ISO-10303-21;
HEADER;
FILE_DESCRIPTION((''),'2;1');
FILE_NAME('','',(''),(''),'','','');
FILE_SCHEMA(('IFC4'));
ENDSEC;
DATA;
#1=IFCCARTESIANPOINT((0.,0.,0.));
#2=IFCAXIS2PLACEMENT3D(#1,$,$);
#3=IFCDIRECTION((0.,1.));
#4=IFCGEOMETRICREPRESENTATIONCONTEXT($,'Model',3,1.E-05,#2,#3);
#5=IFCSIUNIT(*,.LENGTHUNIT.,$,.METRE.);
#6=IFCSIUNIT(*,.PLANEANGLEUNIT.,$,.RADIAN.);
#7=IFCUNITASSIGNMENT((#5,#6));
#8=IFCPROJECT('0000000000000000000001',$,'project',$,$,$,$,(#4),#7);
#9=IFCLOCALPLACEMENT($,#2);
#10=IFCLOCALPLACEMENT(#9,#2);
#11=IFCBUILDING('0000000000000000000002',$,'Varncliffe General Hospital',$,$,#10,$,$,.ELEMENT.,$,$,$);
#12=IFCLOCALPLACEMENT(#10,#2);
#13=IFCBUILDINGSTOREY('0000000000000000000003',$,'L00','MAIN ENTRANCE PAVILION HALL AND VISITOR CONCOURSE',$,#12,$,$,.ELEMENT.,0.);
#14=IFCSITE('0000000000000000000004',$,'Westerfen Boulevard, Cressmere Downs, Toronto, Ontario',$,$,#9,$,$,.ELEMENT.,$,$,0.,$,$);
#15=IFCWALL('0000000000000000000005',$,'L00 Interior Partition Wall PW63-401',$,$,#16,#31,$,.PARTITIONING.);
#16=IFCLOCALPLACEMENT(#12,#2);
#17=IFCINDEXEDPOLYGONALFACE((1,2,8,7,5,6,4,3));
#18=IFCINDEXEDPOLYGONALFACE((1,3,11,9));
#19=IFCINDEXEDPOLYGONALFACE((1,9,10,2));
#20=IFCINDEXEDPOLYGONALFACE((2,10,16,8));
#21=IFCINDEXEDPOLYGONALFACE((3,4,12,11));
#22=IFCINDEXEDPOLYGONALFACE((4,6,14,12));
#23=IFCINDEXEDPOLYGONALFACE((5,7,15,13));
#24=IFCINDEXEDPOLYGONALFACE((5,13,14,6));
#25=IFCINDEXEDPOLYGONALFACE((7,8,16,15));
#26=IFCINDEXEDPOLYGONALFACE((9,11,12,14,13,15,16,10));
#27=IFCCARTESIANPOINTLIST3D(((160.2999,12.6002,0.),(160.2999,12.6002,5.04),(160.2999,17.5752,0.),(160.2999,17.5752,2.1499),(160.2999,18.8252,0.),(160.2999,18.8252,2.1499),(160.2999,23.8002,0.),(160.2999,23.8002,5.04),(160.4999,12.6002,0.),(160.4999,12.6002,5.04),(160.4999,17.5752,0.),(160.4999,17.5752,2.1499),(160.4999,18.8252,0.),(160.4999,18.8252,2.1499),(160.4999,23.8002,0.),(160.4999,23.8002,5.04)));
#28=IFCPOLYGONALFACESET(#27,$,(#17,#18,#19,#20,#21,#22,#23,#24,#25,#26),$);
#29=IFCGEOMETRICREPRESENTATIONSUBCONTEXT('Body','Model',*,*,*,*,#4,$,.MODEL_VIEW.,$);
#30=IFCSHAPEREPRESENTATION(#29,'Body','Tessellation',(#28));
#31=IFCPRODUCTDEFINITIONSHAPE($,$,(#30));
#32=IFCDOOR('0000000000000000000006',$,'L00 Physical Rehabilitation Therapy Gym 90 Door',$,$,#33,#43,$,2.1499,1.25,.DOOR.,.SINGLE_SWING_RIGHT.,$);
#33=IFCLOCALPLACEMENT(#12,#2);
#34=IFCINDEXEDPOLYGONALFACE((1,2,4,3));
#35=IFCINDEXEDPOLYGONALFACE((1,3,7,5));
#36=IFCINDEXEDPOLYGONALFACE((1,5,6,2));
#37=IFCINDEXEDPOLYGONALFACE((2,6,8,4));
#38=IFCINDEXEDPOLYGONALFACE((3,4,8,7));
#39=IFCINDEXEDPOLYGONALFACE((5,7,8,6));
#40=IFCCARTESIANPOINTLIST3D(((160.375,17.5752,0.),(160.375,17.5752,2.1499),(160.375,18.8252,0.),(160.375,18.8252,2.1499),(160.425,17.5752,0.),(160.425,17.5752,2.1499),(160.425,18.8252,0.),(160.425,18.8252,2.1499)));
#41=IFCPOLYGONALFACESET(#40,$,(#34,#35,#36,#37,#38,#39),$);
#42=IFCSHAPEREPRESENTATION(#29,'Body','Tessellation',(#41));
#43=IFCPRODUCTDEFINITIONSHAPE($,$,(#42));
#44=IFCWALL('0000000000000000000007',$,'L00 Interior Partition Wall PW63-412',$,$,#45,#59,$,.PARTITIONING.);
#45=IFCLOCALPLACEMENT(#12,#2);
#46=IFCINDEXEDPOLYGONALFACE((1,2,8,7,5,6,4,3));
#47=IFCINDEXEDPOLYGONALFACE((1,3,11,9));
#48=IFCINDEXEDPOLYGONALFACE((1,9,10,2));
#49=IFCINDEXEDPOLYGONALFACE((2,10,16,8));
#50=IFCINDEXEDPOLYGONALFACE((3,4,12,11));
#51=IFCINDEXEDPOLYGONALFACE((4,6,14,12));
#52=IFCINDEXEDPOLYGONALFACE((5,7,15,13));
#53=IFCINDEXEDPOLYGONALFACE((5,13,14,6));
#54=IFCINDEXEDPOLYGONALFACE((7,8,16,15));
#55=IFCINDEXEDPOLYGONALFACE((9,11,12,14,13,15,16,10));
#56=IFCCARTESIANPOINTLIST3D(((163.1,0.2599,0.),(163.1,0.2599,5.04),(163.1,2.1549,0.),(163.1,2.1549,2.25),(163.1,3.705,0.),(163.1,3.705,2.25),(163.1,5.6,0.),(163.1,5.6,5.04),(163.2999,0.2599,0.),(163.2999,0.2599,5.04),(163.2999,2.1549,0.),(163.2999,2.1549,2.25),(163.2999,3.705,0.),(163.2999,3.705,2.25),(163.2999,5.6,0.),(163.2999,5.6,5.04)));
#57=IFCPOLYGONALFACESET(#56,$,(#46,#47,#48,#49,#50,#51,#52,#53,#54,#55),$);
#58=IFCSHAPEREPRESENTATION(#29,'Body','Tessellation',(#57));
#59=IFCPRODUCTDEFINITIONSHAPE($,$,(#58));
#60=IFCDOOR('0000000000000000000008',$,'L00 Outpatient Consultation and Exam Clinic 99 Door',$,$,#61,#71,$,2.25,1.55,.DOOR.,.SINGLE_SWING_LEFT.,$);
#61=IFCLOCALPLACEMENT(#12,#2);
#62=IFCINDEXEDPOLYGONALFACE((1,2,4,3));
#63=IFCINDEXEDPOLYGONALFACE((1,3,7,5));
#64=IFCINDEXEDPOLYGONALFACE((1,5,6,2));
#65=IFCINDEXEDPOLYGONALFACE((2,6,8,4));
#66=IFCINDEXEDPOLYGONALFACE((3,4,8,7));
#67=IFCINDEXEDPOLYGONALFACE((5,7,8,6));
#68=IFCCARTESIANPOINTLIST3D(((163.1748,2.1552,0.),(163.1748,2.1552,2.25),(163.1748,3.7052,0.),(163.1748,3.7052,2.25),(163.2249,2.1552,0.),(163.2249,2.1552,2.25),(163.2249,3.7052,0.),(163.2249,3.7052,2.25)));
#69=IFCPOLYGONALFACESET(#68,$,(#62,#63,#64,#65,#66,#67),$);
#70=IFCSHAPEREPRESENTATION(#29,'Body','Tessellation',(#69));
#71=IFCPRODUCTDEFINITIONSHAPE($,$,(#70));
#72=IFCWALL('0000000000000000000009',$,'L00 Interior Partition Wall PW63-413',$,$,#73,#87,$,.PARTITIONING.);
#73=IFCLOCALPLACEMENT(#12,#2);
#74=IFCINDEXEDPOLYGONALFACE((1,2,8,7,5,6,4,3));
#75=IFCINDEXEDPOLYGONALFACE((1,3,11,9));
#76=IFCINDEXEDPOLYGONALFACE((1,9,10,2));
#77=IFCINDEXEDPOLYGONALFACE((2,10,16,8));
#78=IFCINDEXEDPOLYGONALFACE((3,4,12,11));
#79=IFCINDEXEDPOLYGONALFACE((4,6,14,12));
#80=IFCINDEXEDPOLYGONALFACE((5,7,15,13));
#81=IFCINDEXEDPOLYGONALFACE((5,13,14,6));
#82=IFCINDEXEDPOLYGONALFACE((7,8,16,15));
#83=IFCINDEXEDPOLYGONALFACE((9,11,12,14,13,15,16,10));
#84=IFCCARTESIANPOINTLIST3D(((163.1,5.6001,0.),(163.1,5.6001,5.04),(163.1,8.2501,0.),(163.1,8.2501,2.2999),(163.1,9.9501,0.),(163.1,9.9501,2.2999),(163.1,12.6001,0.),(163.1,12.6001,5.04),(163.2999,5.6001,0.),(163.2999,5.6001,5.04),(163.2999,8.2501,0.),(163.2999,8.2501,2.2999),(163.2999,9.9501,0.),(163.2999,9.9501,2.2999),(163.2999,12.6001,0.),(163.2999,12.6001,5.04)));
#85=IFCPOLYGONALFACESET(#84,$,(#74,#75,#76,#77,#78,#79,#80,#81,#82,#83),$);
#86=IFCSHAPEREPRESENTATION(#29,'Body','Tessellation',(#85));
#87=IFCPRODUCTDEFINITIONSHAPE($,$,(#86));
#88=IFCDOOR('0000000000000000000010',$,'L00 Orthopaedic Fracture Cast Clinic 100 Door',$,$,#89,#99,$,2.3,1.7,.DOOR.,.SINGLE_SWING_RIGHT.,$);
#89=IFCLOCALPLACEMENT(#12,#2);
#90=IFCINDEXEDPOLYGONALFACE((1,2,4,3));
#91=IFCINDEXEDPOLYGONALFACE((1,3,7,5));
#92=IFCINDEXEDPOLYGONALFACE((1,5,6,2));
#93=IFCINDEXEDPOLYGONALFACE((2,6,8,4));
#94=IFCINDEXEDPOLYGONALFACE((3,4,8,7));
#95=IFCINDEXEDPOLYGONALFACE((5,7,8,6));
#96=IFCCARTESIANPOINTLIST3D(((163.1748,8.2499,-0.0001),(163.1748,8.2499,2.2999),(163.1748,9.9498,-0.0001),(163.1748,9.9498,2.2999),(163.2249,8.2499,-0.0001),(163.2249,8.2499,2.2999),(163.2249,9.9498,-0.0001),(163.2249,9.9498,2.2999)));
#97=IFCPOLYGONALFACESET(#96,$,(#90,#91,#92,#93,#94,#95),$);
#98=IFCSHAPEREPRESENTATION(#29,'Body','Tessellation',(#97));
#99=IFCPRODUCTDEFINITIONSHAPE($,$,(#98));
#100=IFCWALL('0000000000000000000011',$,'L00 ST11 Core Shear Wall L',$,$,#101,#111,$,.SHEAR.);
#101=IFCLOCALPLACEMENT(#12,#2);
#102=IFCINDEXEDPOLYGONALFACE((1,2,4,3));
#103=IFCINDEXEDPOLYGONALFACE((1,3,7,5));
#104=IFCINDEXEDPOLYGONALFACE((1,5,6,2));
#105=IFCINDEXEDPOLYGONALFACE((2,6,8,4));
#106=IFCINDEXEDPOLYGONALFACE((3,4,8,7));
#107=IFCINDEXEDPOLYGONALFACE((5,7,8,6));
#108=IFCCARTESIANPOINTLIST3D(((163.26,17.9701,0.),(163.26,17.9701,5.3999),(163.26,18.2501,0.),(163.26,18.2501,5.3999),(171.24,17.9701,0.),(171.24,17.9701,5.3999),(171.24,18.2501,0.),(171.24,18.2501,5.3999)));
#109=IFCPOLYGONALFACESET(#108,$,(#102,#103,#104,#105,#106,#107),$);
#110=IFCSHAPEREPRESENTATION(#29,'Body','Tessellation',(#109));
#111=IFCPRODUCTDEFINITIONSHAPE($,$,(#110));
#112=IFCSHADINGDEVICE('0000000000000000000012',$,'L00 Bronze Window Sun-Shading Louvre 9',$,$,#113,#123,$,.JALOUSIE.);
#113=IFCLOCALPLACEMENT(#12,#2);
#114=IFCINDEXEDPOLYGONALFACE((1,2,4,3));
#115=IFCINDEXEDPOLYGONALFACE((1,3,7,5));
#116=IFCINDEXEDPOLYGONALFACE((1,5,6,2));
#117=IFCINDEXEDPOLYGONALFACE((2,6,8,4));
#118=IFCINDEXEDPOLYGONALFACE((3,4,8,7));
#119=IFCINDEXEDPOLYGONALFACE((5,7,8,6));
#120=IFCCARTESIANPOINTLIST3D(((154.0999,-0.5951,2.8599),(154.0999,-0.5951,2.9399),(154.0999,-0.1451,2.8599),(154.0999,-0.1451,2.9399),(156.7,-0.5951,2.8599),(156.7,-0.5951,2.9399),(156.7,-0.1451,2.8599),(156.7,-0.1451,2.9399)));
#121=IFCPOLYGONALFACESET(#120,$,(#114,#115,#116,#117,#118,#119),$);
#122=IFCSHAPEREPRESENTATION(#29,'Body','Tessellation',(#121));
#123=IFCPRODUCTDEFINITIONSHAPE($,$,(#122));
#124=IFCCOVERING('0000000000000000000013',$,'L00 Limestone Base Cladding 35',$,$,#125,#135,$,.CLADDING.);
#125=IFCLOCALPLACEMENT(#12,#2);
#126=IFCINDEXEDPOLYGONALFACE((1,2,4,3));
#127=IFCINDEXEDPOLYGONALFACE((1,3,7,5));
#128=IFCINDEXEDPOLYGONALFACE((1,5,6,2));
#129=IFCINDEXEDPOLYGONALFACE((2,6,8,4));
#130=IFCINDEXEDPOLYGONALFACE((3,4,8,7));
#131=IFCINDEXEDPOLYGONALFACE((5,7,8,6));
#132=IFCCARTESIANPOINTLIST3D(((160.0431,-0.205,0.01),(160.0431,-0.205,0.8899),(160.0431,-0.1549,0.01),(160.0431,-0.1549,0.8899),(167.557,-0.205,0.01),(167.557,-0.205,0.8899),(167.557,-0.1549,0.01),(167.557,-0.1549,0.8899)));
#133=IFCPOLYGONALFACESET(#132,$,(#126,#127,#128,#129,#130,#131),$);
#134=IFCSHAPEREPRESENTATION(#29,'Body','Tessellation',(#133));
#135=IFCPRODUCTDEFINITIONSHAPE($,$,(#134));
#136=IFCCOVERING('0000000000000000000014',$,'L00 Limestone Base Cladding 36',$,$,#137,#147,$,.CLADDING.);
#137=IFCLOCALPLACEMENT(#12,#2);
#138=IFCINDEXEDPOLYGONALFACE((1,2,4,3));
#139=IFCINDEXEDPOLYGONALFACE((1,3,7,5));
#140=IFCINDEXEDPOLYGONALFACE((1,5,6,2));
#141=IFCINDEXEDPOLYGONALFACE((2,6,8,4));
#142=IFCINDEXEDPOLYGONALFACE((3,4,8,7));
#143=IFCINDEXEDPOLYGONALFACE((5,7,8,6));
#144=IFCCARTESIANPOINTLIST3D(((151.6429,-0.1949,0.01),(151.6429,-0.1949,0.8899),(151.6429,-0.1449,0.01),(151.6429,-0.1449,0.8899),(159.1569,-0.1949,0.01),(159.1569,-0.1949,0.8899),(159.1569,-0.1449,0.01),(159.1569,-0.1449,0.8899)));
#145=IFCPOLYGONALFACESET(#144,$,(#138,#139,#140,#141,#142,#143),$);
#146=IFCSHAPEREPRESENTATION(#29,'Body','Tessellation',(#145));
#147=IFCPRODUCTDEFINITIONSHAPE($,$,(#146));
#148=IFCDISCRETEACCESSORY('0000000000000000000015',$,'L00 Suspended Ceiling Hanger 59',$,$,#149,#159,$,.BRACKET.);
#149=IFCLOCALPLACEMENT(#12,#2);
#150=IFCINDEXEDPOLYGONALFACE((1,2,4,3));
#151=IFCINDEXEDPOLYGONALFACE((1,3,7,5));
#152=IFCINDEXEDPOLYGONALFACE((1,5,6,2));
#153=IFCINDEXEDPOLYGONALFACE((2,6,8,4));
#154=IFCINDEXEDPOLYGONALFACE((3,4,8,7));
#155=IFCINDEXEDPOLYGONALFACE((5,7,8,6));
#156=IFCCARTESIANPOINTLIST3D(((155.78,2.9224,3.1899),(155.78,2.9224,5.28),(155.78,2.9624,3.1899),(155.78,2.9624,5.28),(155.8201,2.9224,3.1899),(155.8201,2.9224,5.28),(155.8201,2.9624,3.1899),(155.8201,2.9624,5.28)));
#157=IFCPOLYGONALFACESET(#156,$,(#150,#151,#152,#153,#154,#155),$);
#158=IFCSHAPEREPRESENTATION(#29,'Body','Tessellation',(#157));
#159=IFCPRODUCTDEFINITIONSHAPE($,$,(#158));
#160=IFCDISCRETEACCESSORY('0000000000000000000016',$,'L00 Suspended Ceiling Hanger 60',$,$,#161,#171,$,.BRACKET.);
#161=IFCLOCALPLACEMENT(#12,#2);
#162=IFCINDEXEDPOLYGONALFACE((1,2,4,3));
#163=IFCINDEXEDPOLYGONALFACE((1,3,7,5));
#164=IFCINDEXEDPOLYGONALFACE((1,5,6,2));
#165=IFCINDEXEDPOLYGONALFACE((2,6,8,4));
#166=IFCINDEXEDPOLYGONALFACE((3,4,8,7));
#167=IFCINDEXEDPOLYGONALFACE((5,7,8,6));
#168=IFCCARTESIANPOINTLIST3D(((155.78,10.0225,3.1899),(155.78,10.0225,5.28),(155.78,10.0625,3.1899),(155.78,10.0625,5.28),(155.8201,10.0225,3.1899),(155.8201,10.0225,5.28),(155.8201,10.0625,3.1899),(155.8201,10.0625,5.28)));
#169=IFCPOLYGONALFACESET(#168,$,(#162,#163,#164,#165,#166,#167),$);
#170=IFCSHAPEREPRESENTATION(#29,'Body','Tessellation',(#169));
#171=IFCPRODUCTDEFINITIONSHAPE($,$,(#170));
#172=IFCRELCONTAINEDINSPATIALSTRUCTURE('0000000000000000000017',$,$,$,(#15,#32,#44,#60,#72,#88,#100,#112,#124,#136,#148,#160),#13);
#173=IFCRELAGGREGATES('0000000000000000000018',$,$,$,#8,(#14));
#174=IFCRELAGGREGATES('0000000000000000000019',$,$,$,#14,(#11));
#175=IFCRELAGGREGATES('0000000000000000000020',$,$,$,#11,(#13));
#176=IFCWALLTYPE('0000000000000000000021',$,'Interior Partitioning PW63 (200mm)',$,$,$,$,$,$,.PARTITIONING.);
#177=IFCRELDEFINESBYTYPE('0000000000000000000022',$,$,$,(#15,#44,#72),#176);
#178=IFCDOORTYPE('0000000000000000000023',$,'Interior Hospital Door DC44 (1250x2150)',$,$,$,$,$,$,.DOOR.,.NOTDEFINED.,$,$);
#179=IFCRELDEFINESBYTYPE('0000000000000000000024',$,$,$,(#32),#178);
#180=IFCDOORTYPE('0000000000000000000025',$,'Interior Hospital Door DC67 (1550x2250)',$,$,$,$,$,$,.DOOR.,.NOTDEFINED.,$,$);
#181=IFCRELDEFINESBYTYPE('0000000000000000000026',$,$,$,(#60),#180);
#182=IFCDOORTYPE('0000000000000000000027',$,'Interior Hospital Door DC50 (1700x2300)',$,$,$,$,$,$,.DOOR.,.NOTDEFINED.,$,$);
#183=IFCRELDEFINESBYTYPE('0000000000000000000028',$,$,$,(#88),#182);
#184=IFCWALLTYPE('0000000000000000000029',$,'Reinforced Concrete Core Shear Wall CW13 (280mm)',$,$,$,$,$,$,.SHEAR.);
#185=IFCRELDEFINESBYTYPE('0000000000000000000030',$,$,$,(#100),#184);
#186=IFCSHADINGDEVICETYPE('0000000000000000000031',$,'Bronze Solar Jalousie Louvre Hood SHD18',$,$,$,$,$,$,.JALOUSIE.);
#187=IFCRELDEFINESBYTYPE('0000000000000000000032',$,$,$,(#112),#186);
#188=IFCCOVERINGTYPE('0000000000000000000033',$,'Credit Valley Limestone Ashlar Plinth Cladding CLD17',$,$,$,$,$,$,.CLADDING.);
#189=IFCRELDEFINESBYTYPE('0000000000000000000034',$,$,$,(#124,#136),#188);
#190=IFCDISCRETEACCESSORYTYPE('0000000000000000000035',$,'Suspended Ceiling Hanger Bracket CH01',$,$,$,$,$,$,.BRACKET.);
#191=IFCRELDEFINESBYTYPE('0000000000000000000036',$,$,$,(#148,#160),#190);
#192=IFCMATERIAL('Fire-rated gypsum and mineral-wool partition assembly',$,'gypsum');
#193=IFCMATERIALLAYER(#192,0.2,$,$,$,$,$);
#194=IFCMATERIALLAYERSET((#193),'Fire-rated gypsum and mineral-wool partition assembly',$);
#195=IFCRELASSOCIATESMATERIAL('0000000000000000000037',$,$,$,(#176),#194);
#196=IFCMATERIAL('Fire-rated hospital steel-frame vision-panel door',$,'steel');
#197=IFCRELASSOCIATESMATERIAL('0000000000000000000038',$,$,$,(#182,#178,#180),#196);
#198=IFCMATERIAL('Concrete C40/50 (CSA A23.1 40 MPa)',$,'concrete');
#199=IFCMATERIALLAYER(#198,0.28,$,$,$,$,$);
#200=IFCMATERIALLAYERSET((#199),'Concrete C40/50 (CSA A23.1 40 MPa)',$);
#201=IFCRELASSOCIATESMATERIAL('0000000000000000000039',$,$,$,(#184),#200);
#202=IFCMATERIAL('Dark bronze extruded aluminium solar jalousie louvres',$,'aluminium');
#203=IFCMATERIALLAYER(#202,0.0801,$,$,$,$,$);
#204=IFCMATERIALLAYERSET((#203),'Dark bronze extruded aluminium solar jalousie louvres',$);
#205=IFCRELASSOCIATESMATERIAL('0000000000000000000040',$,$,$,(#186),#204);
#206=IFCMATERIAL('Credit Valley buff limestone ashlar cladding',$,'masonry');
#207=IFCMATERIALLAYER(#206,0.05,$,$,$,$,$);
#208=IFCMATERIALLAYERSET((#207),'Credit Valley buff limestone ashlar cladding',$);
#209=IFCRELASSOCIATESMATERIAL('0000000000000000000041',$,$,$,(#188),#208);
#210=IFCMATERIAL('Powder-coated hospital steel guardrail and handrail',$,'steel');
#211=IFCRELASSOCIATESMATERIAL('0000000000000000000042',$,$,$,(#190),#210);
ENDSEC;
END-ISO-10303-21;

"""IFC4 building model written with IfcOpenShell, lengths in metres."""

from ifc_helpers import new_model, si_unit, direction, frame, frame_2d, origin, origin_2d, place, context, subcontext, project, spatial, rectangle, extrude, material, layer, layer_set, type_object, element, fill, save


model = new_model("IFC4")

# Units and contexts
model_context = context("Model", 3, precision=1e-05, world=origin(), true_north=direction((0.0, 1.0)))
body_context = subcontext(model_context, "Body", "Model", "MODEL_VIEW")
ifc_project = project(units=[si_unit("LENGTHUNIT", "METRE"), si_unit("PLANEANGLEUNIT", "RADIAN")], contexts=[model_context])

# Site, building, storey
site_placement = place(None, origin())
site = spatial("IfcSite", under=ifc_project, at=site_placement, Name="Westerfen Boulevard, Cressmere Downs, Toronto, Ontario", CompositionType="ELEMENT", RefElevation=0.0)
building_placement = place(site_placement, origin())
building = spatial("IfcBuilding", under=site, at=building_placement, Name="Varncliffe General Hospital", CompositionType="ELEMENT")
storey_placement = place(building_placement, origin())
storey = spatial("IfcBuildingStorey", under=building, at=storey_placement, Name="L00", Description="MAIN ENTRANCE PAVILION HALL AND VISITOR CONCOURSE", CompositionType="ELEMENT", Elevation=0.0)

# Shared definitions
ifc_material_1 = material(Name="Concrete C40/50 (CSA A23.1 40 MPa)", Category="concrete")

# Walls, openings, doors
ifc_material_2 = material(Name="Fire-rated gypsum and mineral-wool partition assembly", Category="gypsum")
ifc_layer_1 = layer(ifc_material_2, 0.2)
ifc_layer_set_1 = layer_set([ifc_layer_1], Name="Fire-rated gypsum and mineral-wool partition assembly")
wall_type_1 = type_object("IfcWallType", Name="Interior Partitioning PW63 (200mm)", PredefinedType="PARTITIONING", material=ifc_layer_set_1)
ifc_material_3 = material(Name="Fire-rated hospital steel-frame vision-panel door", Category="steel")
door_type_1 = type_object("IfcDoorType", Name="Interior Hospital Door DC50 (1700x2300)", OperationType="NOTDEFINED", PredefinedType="DOOR", material=ifc_material_3)
wall_1_placement = place(storey_placement, frame((160.3999, 12.6001, 0.0), z_axis=(0.0, 0.0, 1.0), x_axis=(0.0, 1.0, 0.0)))
wall_1 = element("IfcWall", 1, at=wall_1_placement, inside=storey, type_object=wall_type_1, Name="L00 Interior Partition Wall PW63-401", PredefinedType="PARTITIONING", context=body_context, shape_type="SweptSolid", body=[
    extrude(rectangle(XDim=11.2, YDim=0.2, at=frame_2d((5.6001, 0.0))), origin(), (0.0, 0.0, 1.0), 5.04),
])
opening_1_placement = place(wall_1_placement, frame((4.9751, 0.0, 0.0)))
opening_1 = element("IfcOpeningElement", 2, at=opening_1_placement, cuts=wall_1, PredefinedType="OPENING", context=body_context, shape_type="SweptSolid", body=[
    extrude(rectangle(XDim=1.25, YDim=2.1499, at=frame_2d((0.625, 1.075))), frame((0.0, 0.1099, 0.0), z_axis=(0.0, -1.0, 0.0), x_axis=(1.0, 0.0, 0.0)), (0.0, 0.0, 1.0), 0.22),
])
door_type_2 = type_object("IfcDoorType", Name="Interior Hospital Door DC44 (1250x2150)", OperationType="NOTDEFINED", PredefinedType="DOOR", material=ifc_material_3)
door_1_placement = place(opening_1_placement, origin())
door_1 = element("IfcDoor", 3, at=door_1_placement, inside=storey, type_object=door_type_2, Name="L00 Physical Rehabilitation Therapy Gym 90 Door", OperationType="SINGLE_SWING_RIGHT", OverallHeight=2.1499, OverallWidth=1.25, PredefinedType="DOOR", context=body_context, shape_type="SweptSolid", body=[
    extrude(rectangle(XDim=1.25, YDim=2.1499, at=frame_2d((0.625, 1.075))), frame((0.0, 0.0249, 0.0), z_axis=(0.0, -1.0, 0.0), x_axis=(1.0, 0.0, 0.0)), (0.0, 0.0, 1.0), 0.05),
])
fill(opening_1, door_1)
wall_2_placement = place(storey_placement, frame((163.2, 0.26, 0.0), z_axis=(0.0, 0.0, 1.0), x_axis=(0.0, 1.0, 0.0)))
wall_2 = element("IfcWall", 4, at=wall_2_placement, inside=storey, type_object=wall_type_1, Name="L00 Interior Partition Wall PW63-412", PredefinedType="PARTITIONING", context=body_context, shape_type="SweptSolid", body=[
    extrude(rectangle(XDim=5.3401, YDim=0.2, at=frame_2d((2.6699, 0.0))), origin(), (0.0, 0.0, 1.0), 5.04),
])
opening_2_placement = place(wall_2_placement, frame((1.895, 0.0, 0.0)))
opening_2 = element("IfcOpeningElement", 5, at=opening_2_placement, cuts=wall_2, PredefinedType="OPENING", context=body_context, shape_type="SweptSolid", body=[
    extrude(rectangle(XDim=1.55, YDim=2.25, at=frame_2d((0.7749, 1.125))), frame((0.0, 0.1099, 0.0), z_axis=(0.0, -1.0, 0.0), x_axis=(1.0, 0.0, 0.0)), (0.0, 0.0, 1.0), 0.22),
])
door_type_3 = type_object("IfcDoorType", Name="Interior Hospital Door DC67 (1550x2250)", OperationType="NOTDEFINED", PredefinedType="DOOR", material=ifc_material_3)
door_2_placement = place(opening_2_placement, frame((1.55, 0.0, 0.0), z_axis=(0.0, 0.0, 1.0), x_axis=(-1.0, 0.0, 0.0)))
door_2 = element("IfcDoor", 6, at=door_2_placement, inside=storey, type_object=door_type_3, Name="L00 Outpatient Consultation and Exam Clinic 99 Door", OperationType="SINGLE_SWING_LEFT", OverallHeight=2.25, OverallWidth=1.55, PredefinedType="DOOR", context=body_context, shape_type="SweptSolid", body=[
    extrude(rectangle(XDim=1.55, YDim=2.25, at=frame_2d((0.7749, 1.125))), frame((0.0, 0.0249, 0.0), z_axis=(0.0, -1.0, 0.0), x_axis=(1.0, 0.0, 0.0)), (0.0, 0.0, 1.0), 0.05),
])
fill(opening_2, door_2)
wall_3_placement = place(storey_placement, frame((163.2, 5.6001, 0.0), z_axis=(0.0, 0.0, 1.0), x_axis=(0.0, 1.0, 0.0)))
wall_3 = element("IfcWall", 7, at=wall_3_placement, inside=storey, type_object=wall_type_1, Name="L00 Interior Partition Wall PW63-413", PredefinedType="PARTITIONING", context=body_context, shape_type="SweptSolid", body=[
    extrude(rectangle(XDim=7.0, YDim=0.2, at=frame_2d((3.5, 0.0))), origin(), (0.0, 0.0, 1.0), 5.04),
])
opening_3_placement = place(wall_3_placement, frame((2.6499, 0.0, 0.0)))
opening_3 = element("IfcOpeningElement", 8, at=opening_3_placement, cuts=wall_3, PredefinedType="OPENING", context=body_context, shape_type="SweptSolid", body=[
    extrude(rectangle(XDim=1.7, YDim=2.3, at=frame_2d((0.8501, 1.1499))), frame((0.0, 0.1099, 0.0), z_axis=(0.0, -1.0, 0.0), x_axis=(1.0, 0.0, 0.0)), (0.0, 0.0, 1.0), 0.22),
])
door_3_placement = place(opening_3_placement, frame((1.7, 0.0, 0.0), z_axis=(0.0, 0.0, 1.0), x_axis=(-1.0, 0.0, 0.0)))
door_3 = element("IfcDoor", 9, at=door_3_placement, inside=storey, type_object=door_type_1, Name="L00 Orthopaedic Fracture Cast Clinic 100 Door", OperationType="SINGLE_SWING_RIGHT", OverallHeight=2.3, OverallWidth=1.7, PredefinedType="DOOR", context=body_context, shape_type="SweptSolid", body=[
    extrude(rectangle(XDim=1.7, YDim=2.3, at=frame_2d((0.8501, 1.1499))), frame((0.0, 0.0249, 0.0), z_axis=(0.0, -1.0, 0.0), x_axis=(1.0, 0.0, 0.0)), (0.0, 0.0, 1.0), 0.05),
])
fill(opening_3, door_3)

# Wall
ifc_layer_2 = layer(ifc_material_1, 0.28)
ifc_layer_set_2 = layer_set([ifc_layer_2], Name="Concrete C40/50 (CSA A23.1 40 MPa)")
wall_type_2 = type_object("IfcWallType", Name="Reinforced Concrete Core Shear Wall CW13 (280mm)", PredefinedType="SHEAR", material=ifc_layer_set_2)
wall_4_placement = place(storey_placement, frame((163.26, 18.1101, 0.0), z_axis=(0.0, 0.0, 1.0), x_axis=(1.0, 0.0, 0.0)))
element("IfcWall", 10, at=wall_4_placement, inside=storey, type_object=wall_type_2, Name="L00 ST11 Core Shear Wall L", PredefinedType="SHEAR", context=body_context, shape_type="SweptSolid", body=[
    extrude(rectangle(XDim=7.98, YDim=0.28, at=frame_2d((3.99, 0.0))), origin(), (0.0, 0.0, 1.0), 5.3999),
])

# Shading device
ifc_material_4 = material(Name="Dark bronze extruded aluminium solar jalousie louvres", Category="aluminium")
ifc_layer_3 = layer(ifc_material_4, 0.0801)
ifc_layer_set_3 = layer_set([ifc_layer_3], Name="Dark bronze extruded aluminium solar jalousie louvres")
shading_device_type = type_object("IfcShadingDeviceType", Name="Bronze Solar Jalousie Louvre Hood SHD18", PredefinedType="JALOUSIE", material=ifc_layer_set_3)
shading_device_placement = place(storey_placement, frame((155.3999, -0.3701, 2.8599), z_axis=(0.0, 0.0, 1.0), x_axis=(-1.0, 0.0, 0.0)))
element("IfcShadingDevice", 11, at=shading_device_placement, inside=storey, type_object=shading_device_type, Name="L00 Bronze Window Sun-Shading Louvre 9", PredefinedType="JALOUSIE", context=body_context, shape_type="SweptSolid", body=[
    extrude(rectangle(XDim=2.6001, YDim=0.45, at=origin_2d()), origin(), (0.0, 0.0, 1.0), 0.0801),
])

# Coverings
ifc_material_5 = material(Name="Credit Valley buff limestone ashlar cladding", Category="masonry")
ifc_layer_4 = layer(ifc_material_5, 0.05)
ifc_layer_set_4 = layer_set([ifc_layer_4], Name="Credit Valley buff limestone ashlar cladding")
covering_type = type_object("IfcCoveringType", Name="Credit Valley Limestone Ashlar Plinth Cladding CLD17", PredefinedType="CLADDING", material=ifc_layer_set_4)
for number, where, z_axis, x_axis, name in (
    (12, (163.8, -0.1799, 0.01), (0.0, 0.0, 1.0), (-1.0, 0.0, 0.0), "L00 Limestone Base Cladding 35"),
    (13, (155.3999, -0.1699, 0.01), (0.0, 0.0, 1.0), (-1.0, 0.0, 0.0), "L00 Limestone Base Cladding 36"),
):
    element("IfcCovering", number, at=place(storey_placement, frame(where, z_axis=z_axis, x_axis=x_axis)), inside=storey, type_object=covering_type, Name=name, PredefinedType="CLADDING", context=body_context, shape_type="SweptSolid", body=[
        extrude(rectangle(XDim=7.5139, YDim=0.05, at=origin_2d()), origin(), (0.0, 0.0, 1.0), 0.8799),
    ])

# Discrete accessories
ifc_material_6 = material(Name="Powder-coated hospital steel guardrail and handrail", Category="steel")
discrete_accessory_type = type_object("IfcDiscreteAccessoryType", Name="Suspended Ceiling Hanger Bracket CH01", PredefinedType="BRACKET", material=ifc_material_6)
for number, where, z_axis, x_axis, name in (
    (14, (155.8, 2.9424, 3.1899), (0.0, 0.0, 1.0), (1.0, 0.0, 0.0), "L00 Suspended Ceiling Hanger 59"),
    (15, (155.8, 10.0425, 3.1899), (0.0, 0.0, 1.0), (1.0, 0.0, 0.0), "L00 Suspended Ceiling Hanger 60"),
):
    element("IfcDiscreteAccessory", number, at=place(storey_placement, frame(where, z_axis=z_axis, x_axis=x_axis)), inside=storey, type_object=discrete_accessory_type, Name=name, PredefinedType="BRACKET", context=body_context, shape_type="SweptSolid", body=[
        extrude(rectangle(XDim=0.04, YDim=0.04, at=origin_2d()), origin(), (0.0, 0.0, 1.0), 2.0901),
    ])

save(model, "model.ifc")
